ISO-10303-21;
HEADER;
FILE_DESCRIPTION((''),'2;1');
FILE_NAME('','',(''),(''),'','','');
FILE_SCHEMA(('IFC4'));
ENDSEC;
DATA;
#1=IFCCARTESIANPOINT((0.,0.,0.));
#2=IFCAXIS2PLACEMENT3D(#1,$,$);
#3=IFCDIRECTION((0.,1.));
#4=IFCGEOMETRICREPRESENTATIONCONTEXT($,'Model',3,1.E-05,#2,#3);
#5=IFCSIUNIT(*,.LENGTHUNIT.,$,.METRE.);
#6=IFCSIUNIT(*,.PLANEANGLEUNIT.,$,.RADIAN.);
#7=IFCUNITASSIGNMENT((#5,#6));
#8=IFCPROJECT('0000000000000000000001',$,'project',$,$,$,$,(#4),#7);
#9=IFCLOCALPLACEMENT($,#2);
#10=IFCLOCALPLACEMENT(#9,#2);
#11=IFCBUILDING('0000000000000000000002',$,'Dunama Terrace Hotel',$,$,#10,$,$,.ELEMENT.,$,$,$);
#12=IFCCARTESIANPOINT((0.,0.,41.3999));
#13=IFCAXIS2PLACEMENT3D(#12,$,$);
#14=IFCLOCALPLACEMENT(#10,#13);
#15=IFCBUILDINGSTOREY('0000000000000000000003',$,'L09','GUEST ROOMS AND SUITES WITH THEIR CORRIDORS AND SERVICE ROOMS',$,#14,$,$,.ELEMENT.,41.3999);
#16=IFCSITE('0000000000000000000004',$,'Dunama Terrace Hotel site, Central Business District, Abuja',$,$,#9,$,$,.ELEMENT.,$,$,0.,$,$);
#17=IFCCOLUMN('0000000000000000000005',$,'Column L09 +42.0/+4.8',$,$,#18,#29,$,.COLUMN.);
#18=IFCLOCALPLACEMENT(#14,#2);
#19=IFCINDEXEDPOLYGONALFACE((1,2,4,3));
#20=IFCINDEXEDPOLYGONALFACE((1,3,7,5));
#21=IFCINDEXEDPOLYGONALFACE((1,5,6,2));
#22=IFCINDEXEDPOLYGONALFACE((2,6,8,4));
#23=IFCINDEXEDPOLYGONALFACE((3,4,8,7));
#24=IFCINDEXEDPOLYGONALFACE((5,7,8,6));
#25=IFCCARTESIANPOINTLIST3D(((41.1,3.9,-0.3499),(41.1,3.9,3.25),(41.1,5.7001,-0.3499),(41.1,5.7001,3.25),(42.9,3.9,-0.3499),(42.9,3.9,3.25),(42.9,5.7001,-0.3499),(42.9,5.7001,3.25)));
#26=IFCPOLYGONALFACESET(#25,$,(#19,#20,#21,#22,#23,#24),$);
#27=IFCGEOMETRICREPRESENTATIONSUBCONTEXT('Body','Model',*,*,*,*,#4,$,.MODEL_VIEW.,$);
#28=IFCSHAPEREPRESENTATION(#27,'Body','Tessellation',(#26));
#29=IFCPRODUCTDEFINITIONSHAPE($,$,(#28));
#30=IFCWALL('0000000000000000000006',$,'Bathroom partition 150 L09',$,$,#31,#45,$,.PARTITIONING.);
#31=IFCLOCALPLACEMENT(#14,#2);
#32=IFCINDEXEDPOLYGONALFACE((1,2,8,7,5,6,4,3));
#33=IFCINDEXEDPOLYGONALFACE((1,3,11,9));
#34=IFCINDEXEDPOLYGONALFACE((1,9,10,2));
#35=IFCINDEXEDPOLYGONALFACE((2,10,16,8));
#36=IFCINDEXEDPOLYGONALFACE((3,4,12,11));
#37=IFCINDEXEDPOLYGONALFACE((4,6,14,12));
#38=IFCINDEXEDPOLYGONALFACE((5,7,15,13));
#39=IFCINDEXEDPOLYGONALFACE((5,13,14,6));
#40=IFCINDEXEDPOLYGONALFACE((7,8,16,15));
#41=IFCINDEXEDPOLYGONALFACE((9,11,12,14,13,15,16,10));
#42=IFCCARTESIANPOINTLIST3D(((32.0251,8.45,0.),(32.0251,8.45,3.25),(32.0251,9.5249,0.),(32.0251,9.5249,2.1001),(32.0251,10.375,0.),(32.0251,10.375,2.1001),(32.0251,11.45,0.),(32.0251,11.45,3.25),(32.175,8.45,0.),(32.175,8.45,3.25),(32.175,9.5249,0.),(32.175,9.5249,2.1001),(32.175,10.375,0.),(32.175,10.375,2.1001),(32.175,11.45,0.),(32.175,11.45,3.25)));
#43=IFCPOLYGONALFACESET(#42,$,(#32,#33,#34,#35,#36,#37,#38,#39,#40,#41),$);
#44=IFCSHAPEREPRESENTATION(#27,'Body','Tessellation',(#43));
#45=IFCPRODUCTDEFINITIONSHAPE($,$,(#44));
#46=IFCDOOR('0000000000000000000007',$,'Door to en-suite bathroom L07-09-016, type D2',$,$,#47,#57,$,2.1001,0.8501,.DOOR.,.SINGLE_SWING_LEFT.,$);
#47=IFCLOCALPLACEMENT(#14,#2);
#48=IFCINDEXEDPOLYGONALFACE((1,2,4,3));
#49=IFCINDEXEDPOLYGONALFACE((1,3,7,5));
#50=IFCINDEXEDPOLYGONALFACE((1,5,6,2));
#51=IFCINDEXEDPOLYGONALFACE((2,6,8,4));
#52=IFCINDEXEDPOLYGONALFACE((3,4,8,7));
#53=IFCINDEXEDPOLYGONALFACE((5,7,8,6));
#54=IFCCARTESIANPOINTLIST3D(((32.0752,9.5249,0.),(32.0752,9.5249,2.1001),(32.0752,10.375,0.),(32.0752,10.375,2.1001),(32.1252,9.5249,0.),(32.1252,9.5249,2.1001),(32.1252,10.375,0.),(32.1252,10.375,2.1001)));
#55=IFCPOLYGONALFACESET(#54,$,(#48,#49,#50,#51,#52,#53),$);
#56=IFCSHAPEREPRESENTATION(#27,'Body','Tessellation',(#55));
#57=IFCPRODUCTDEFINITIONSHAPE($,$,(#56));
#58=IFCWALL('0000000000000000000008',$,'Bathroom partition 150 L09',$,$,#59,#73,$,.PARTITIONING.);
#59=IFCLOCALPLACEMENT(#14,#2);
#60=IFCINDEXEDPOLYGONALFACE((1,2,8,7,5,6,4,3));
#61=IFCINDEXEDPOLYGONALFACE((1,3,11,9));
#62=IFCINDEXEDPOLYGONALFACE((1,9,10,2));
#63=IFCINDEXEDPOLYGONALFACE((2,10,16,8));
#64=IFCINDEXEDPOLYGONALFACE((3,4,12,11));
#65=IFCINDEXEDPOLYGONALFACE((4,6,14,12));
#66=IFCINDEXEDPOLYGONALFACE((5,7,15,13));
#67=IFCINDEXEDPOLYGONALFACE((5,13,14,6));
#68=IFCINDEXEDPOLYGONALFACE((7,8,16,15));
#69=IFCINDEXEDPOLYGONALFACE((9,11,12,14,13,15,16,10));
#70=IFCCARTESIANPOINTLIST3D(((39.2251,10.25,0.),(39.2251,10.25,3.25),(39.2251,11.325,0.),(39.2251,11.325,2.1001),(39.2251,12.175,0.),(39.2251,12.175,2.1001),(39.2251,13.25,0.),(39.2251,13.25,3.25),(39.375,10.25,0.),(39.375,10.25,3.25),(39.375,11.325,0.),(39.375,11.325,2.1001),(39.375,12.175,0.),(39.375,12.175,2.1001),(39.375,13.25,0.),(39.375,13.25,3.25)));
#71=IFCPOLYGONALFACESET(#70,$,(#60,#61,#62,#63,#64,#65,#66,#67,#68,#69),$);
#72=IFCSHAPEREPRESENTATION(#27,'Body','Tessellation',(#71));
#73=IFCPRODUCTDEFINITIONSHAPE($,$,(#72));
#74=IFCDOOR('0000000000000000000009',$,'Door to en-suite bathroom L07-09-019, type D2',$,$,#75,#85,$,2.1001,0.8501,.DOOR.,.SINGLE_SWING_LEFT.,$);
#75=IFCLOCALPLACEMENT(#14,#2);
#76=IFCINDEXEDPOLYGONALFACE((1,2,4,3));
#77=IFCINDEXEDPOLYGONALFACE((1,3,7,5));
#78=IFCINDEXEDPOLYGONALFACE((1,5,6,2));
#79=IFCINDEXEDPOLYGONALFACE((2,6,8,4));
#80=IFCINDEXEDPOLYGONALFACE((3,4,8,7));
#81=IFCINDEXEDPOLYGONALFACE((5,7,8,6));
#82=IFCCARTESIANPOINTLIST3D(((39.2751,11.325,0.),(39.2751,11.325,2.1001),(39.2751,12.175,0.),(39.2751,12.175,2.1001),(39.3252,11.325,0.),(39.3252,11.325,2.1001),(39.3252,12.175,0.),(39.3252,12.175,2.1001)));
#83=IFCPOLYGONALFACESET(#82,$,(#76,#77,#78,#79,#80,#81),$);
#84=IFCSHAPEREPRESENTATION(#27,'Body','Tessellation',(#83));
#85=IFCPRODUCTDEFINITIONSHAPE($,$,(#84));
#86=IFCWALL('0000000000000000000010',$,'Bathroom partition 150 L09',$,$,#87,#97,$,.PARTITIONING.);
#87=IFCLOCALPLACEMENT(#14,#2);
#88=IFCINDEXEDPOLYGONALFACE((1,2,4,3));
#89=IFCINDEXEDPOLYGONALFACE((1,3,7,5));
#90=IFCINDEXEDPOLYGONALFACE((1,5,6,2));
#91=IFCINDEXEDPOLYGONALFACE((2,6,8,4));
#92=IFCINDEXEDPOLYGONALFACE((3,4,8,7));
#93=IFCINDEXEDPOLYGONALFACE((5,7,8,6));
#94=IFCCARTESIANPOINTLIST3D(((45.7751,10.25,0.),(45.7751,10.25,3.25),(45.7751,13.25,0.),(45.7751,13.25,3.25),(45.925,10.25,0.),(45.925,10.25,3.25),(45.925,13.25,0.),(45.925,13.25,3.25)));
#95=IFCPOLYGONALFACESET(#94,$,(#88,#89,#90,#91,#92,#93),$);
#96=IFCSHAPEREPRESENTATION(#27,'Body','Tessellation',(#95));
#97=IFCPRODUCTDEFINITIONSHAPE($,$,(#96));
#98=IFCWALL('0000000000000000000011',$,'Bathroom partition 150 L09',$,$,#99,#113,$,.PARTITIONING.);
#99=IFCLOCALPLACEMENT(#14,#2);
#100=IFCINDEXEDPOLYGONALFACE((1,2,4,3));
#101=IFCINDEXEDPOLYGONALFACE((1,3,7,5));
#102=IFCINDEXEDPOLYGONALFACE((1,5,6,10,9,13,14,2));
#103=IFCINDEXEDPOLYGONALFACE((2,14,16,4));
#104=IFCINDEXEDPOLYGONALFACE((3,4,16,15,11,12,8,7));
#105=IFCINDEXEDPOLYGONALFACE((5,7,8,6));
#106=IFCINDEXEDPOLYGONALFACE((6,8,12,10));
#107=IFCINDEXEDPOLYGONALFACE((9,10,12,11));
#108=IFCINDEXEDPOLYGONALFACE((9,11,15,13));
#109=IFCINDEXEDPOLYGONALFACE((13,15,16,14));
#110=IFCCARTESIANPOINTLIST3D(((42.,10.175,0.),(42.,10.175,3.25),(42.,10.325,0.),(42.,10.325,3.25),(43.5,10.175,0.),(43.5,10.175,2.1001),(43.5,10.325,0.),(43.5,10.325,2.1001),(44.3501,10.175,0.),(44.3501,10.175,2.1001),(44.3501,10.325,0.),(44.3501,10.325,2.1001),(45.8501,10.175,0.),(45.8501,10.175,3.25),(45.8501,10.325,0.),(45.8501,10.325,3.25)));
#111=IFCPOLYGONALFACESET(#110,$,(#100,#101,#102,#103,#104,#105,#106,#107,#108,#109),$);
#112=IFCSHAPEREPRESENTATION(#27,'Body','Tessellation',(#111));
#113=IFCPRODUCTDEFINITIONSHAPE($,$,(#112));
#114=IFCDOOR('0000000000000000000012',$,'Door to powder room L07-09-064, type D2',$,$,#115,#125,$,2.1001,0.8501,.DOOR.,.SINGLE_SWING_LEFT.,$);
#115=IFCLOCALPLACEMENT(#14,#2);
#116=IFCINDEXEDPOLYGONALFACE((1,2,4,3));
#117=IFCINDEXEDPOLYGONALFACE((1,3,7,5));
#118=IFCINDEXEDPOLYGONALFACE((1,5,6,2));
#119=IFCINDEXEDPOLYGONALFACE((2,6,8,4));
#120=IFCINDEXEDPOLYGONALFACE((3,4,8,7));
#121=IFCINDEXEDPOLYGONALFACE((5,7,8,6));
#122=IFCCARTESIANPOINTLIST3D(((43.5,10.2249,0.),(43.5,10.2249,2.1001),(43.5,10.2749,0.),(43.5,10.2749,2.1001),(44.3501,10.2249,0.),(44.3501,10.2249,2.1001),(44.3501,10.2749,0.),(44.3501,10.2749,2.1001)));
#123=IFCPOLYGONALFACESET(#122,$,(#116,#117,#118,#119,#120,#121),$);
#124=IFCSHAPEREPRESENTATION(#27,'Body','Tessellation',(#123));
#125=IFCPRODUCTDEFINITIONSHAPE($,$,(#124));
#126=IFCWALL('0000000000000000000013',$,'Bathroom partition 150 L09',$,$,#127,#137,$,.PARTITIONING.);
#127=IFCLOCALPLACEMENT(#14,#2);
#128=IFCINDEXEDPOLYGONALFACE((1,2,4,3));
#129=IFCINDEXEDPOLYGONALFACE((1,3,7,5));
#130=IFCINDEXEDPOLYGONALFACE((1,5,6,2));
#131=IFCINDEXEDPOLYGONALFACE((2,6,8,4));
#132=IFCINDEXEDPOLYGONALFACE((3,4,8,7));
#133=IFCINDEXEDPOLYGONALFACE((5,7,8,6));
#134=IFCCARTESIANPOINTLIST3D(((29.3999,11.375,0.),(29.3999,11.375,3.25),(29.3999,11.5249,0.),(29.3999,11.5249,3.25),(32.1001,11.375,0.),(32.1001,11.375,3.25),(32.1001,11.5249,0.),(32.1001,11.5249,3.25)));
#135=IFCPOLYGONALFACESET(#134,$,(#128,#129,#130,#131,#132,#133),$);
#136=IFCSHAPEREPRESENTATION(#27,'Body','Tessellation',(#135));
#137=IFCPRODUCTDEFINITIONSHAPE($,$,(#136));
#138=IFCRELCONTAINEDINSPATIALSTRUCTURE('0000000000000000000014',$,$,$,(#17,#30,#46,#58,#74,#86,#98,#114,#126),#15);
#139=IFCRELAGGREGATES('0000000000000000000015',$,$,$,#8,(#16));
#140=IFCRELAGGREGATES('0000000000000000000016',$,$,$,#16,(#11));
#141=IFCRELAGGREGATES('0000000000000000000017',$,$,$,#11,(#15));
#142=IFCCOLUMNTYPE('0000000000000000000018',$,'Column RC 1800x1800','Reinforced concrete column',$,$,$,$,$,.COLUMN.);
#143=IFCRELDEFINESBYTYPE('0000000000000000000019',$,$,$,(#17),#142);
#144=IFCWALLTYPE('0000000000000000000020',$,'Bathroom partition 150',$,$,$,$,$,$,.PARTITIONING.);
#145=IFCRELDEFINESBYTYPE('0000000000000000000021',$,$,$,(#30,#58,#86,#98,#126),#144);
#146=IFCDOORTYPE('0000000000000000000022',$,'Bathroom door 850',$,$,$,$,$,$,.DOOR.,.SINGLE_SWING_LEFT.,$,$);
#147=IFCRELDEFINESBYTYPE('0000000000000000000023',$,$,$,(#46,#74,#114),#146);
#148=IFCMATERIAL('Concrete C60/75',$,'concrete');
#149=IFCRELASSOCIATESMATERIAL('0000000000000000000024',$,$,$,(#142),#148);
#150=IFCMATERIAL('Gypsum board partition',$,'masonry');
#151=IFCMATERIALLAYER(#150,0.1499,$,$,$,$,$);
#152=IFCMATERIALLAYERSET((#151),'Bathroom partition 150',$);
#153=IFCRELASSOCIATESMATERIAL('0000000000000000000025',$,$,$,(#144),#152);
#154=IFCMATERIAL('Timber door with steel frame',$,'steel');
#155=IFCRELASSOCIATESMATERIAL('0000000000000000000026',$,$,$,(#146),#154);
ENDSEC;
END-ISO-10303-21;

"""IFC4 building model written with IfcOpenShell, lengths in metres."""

from ifc_helpers import new_model, si_unit, direction, frame, frame_2d, origin, origin_2d, place, context, subcontext, project, spatial, rectangle, extrude, material, layer, layer_set, material_profile, profile_set, type_object, element, fill, save


model = new_model("IFC4")

# Units and contexts
model_context = context("Model", 3, precision=1e-05, world=origin(), true_north=direction((0.0, 1.0)))
body_context = subcontext(model_context, "Body", "Model", "MODEL_VIEW")
ifc_project = project(units=[si_unit("LENGTHUNIT", "METRE"), si_unit("PLANEANGLEUNIT", "RADIAN")], contexts=[model_context])

# Site, building, storey
site_placement = place(None, origin())
site = spatial("IfcSite", under=ifc_project, at=site_placement, Name="Dunama Terrace Hotel site, Central Business District, Abuja", CompositionType="ELEMENT", RefElevation=0.0)
building_placement = place(site_placement, origin())
building = spatial("IfcBuilding", under=site, at=building_placement, Name="Dunama Terrace Hotel", CompositionType="ELEMENT")
storey_placement = place(building_placement, frame((0.0, 0.0, 41.3999)))
storey = spatial("IfcBuildingStorey", under=building, at=storey_placement, Name="L09", Description="GUEST ROOMS AND SUITES WITH THEIR CORRIDORS AND SERVICE ROOMS", CompositionType="ELEMENT", Elevation=41.3999)

# Column
ifc_material_1 = material(Name="Concrete C60/75", Category="concrete")
ifc_material_profile = material_profile(ifc_material_1, rectangle(XDim=1.8, YDim=1.8, at=origin_2d()), Name="RC 1800x1800")
ifc_profile_set = profile_set([ifc_material_profile], Name="Concrete C60/75")
column_type = type_object("IfcColumnType", Name="Column RC 1800x1800", Description="Reinforced concrete column", PredefinedType="COLUMN", material=ifc_profile_set)
column_placement = place(storey_placement, frame((42.0, 4.8, -0.3499), z_axis=(0.0, 0.0, 1.0), x_axis=(1.0, 0.0, 0.0)))
element("IfcColumn", 1, at=column_placement, inside=storey, type_object=column_type, Name="Column L09 +42.0/+4.8", PredefinedType="COLUMN", context=body_context, shape_type="SweptSolid", body=[
    extrude(rectangle(XDim=1.8, YDim=1.8, at=origin_2d()), origin(), (0.0, 0.0, 1.0), 3.5999),
])

# Walls, openings, doors
ifc_material_2 = material(Name="Gypsum board partition", Category="masonry")
ifc_layer_1 = layer(ifc_material_2, 0.1499)
ifc_layer_set_1 = layer_set([ifc_layer_1], Name="Bathroom partition 150")
wall_type_1 = type_object("IfcWallType", Name="Bathroom partition 150", PredefinedType="PARTITIONING", material=ifc_layer_set_1)
wall_1_placement = place(storey_placement, frame((32.1001, 8.45, 0.0), z_axis=(0.0, 0.0, 1.0), x_axis=(0.0, 1.0, 0.0)))
wall_1 = element("IfcWall", 2, at=wall_1_placement, inside=storey, type_object=wall_type_1, Name="Bathroom partition 150 L09", PredefinedType="PARTITIONING", context=body_context, shape_type="SweptSolid", body=[
    extrude(rectangle(XDim=3.0, YDim=0.1499, at=frame_2d((1.5, 0.0))), origin(), (0.0, 0.0, 1.0), 3.25),
])
opening_1_placement = place(wall_1_placement, frame((1.075, 0.0, 0.0)))
opening_1 = element("IfcOpeningElement", 3, at=opening_1_placement, cuts=wall_1, PredefinedType="OPENING", context=body_context, shape_type="SweptSolid", body=[
    extrude(rectangle(XDim=0.8501, YDim=2.1001, at=frame_2d((0.425, 1.05))), frame((0.0, 0.085, 0.0), z_axis=(0.0, -1.0, 0.0), x_axis=(1.0, 0.0, 0.0)), (0.0, 0.0, 1.0), 0.1699),
])
ifc_material_3 = material(Name="Timber door with steel frame", Category="steel")
door_type_1 = type_object("IfcDoorType", Name="Bathroom door 850", OperationType="SINGLE_SWING_LEFT", PredefinedType="DOOR", material=ifc_material_3)
door_1_placement = place(opening_1_placement, origin())
door_1 = element("IfcDoor", 4, at=door_1_placement, inside=storey, type_object=door_type_1, Name="Door to en-suite bathroom L07-09-016, type D2", OperationType="SINGLE_SWING_LEFT", OverallHeight=2.1001, OverallWidth=0.8501, PredefinedType="DOOR", context=body_context, shape_type="SweptSolid", body=[
    extrude(rectangle(XDim=0.8501, YDim=2.1001, at=frame_2d((0.425, 1.05))), frame((0.0, 0.0249, 0.0), z_axis=(0.0, -1.0, 0.0), x_axis=(1.0, 0.0, 0.0)), (0.0, 0.0, 1.0), 0.05),
])
fill(opening_1, door_1)
wall_2_placement = place(storey_placement, frame((39.3, 10.25, 0.0), z_axis=(0.0, 0.0, 1.0), x_axis=(0.0, 1.0, 0.0)))
wall_2 = element("IfcWall", 5, at=wall_2_placement, inside=storey, type_object=wall_type_1, Name="Bathroom partition 150 L09", PredefinedType="PARTITIONING", context=body_context, shape_type="SweptSolid", body=[
    extrude(rectangle(XDim=3.0, YDim=0.1499, at=frame_2d((1.5, 0.0))), origin(), (0.0, 0.0, 1.0), 3.25),
])
opening_2_placement = place(wall_2_placement, frame((1.075, 0.0, 0.0)))
opening_2 = element("IfcOpeningElement", 6, at=opening_2_placement, cuts=wall_2, PredefinedType="OPENING", context=body_context, shape_type="SweptSolid", body=[
    extrude(rectangle(XDim=0.8501, YDim=2.1001, at=frame_2d((0.425, 1.05))), frame((0.0, 0.085, 0.0), z_axis=(0.0, -1.0, 0.0), x_axis=(1.0, 0.0, 0.0)), (0.0, 0.0, 1.0), 0.1699),
])
door_2_placement = place(opening_2_placement, frame((0.8501, 0.0, 0.0), z_axis=(0.0, 0.0, 1.0), x_axis=(-1.0, 0.0, 0.0)))
door_2 = element("IfcDoor", 7, at=door_2_placement, inside=storey, type_object=door_type_1, Name="Door to en-suite bathroom L07-09-019, type D2", OperationType="SINGLE_SWING_LEFT", OverallHeight=2.1001, OverallWidth=0.8501, PredefinedType="DOOR", context=body_context, shape_type="SweptSolid", body=[
    extrude(rectangle(XDim=0.8501, YDim=2.1001, at=frame_2d((0.425, 1.05))), frame((0.0, 0.0251, 0.0), z_axis=(0.0, -1.0, 0.0), x_axis=(1.0, 0.0, 0.0)), (0.0, 0.0, 1.0), 0.05),
])
fill(opening_2, door_2)

# Wall
wall_3_placement = place(storey_placement, frame((45.8501, 10.25, 0.0), z_axis=(0.0, 0.0, 1.0), x_axis=(0.0, 1.0, 0.0)))
element("IfcWall", 8, at=wall_3_placement, inside=storey, type_object=wall_type_1, Name="Bathroom partition 150 L09", PredefinedType="PARTITIONING", context=body_context, shape_type="SweptSolid", body=[
    extrude(rectangle(XDim=3.0, YDim=0.1499, at=frame_2d((1.5, 0.0))), origin(), (0.0, 0.0, 1.0), 3.25),
])

# Wall, opening, door
wall_4_placement = place(storey_placement, frame((42.0, 10.25, 0.0), z_axis=(0.0, 0.0, 1.0), x_axis=(1.0, 0.0, 0.0)))
wall_4 = element("IfcWall", 9, at=wall_4_placement, inside=storey, type_object=wall_type_1, Name="Bathroom partition 150 L09", PredefinedType="PARTITIONING", context=body_context, shape_type="SweptSolid", body=[
    extrude(rectangle(XDim=3.8501, YDim=0.1499, at=frame_2d((1.925, 0.0))), origin(), (0.0, 0.0, 1.0), 3.25),
])
opening_3_placement = place(wall_4_placement, frame((1.5, 0.0, 0.0)))
opening_3 = element("IfcOpeningElement", 10, at=opening_3_placement, cuts=wall_4, PredefinedType="OPENING", context=body_context, shape_type="SweptSolid", body=[
    extrude(rectangle(XDim=0.8501, YDim=2.1001, at=frame_2d((0.425, 1.05))), frame((0.0, 0.085, 0.0), z_axis=(0.0, -1.0, 0.0), x_axis=(1.0, 0.0, 0.0)), (0.0, 0.0, 1.0), 0.1699),
])
door_3_placement = place(opening_3_placement, origin())
door_3 = element("IfcDoor", 11, at=door_3_placement, inside=storey, type_object=door_type_1, Name="Door to powder room L07-09-064, type D2", OperationType="SINGLE_SWING_LEFT", OverallHeight=2.1001, OverallWidth=0.8501, PredefinedType="DOOR", context=body_context, shape_type="SweptSolid", body=[
    extrude(rectangle(XDim=0.8501, YDim=2.1001, at=frame_2d((0.425, 1.05))), frame((0.0, 0.0249, 0.0), z_axis=(0.0, -1.0, 0.0), x_axis=(1.0, 0.0, 0.0)), (0.0, 0.0, 1.0), 0.05),
])
fill(opening_3, door_3)

# Wall
wall_5_placement = place(storey_placement, frame((29.3999, 11.45, 0.0), z_axis=(0.0, 0.0, 1.0), x_axis=(1.0, 0.0, 0.0)))
element("IfcWall", 12, at=wall_5_placement, inside=storey, type_object=wall_type_1, Name="Bathroom partition 150 L09", PredefinedType="PARTITIONING", context=body_context, shape_type="SweptSolid", body=[
    extrude(rectangle(XDim=2.7002, YDim=0.1499, at=frame_2d((1.3501, 0.0))), origin(), (0.0, 0.0, 1.0), 3.25),
])

save(model, "model.ifc")
